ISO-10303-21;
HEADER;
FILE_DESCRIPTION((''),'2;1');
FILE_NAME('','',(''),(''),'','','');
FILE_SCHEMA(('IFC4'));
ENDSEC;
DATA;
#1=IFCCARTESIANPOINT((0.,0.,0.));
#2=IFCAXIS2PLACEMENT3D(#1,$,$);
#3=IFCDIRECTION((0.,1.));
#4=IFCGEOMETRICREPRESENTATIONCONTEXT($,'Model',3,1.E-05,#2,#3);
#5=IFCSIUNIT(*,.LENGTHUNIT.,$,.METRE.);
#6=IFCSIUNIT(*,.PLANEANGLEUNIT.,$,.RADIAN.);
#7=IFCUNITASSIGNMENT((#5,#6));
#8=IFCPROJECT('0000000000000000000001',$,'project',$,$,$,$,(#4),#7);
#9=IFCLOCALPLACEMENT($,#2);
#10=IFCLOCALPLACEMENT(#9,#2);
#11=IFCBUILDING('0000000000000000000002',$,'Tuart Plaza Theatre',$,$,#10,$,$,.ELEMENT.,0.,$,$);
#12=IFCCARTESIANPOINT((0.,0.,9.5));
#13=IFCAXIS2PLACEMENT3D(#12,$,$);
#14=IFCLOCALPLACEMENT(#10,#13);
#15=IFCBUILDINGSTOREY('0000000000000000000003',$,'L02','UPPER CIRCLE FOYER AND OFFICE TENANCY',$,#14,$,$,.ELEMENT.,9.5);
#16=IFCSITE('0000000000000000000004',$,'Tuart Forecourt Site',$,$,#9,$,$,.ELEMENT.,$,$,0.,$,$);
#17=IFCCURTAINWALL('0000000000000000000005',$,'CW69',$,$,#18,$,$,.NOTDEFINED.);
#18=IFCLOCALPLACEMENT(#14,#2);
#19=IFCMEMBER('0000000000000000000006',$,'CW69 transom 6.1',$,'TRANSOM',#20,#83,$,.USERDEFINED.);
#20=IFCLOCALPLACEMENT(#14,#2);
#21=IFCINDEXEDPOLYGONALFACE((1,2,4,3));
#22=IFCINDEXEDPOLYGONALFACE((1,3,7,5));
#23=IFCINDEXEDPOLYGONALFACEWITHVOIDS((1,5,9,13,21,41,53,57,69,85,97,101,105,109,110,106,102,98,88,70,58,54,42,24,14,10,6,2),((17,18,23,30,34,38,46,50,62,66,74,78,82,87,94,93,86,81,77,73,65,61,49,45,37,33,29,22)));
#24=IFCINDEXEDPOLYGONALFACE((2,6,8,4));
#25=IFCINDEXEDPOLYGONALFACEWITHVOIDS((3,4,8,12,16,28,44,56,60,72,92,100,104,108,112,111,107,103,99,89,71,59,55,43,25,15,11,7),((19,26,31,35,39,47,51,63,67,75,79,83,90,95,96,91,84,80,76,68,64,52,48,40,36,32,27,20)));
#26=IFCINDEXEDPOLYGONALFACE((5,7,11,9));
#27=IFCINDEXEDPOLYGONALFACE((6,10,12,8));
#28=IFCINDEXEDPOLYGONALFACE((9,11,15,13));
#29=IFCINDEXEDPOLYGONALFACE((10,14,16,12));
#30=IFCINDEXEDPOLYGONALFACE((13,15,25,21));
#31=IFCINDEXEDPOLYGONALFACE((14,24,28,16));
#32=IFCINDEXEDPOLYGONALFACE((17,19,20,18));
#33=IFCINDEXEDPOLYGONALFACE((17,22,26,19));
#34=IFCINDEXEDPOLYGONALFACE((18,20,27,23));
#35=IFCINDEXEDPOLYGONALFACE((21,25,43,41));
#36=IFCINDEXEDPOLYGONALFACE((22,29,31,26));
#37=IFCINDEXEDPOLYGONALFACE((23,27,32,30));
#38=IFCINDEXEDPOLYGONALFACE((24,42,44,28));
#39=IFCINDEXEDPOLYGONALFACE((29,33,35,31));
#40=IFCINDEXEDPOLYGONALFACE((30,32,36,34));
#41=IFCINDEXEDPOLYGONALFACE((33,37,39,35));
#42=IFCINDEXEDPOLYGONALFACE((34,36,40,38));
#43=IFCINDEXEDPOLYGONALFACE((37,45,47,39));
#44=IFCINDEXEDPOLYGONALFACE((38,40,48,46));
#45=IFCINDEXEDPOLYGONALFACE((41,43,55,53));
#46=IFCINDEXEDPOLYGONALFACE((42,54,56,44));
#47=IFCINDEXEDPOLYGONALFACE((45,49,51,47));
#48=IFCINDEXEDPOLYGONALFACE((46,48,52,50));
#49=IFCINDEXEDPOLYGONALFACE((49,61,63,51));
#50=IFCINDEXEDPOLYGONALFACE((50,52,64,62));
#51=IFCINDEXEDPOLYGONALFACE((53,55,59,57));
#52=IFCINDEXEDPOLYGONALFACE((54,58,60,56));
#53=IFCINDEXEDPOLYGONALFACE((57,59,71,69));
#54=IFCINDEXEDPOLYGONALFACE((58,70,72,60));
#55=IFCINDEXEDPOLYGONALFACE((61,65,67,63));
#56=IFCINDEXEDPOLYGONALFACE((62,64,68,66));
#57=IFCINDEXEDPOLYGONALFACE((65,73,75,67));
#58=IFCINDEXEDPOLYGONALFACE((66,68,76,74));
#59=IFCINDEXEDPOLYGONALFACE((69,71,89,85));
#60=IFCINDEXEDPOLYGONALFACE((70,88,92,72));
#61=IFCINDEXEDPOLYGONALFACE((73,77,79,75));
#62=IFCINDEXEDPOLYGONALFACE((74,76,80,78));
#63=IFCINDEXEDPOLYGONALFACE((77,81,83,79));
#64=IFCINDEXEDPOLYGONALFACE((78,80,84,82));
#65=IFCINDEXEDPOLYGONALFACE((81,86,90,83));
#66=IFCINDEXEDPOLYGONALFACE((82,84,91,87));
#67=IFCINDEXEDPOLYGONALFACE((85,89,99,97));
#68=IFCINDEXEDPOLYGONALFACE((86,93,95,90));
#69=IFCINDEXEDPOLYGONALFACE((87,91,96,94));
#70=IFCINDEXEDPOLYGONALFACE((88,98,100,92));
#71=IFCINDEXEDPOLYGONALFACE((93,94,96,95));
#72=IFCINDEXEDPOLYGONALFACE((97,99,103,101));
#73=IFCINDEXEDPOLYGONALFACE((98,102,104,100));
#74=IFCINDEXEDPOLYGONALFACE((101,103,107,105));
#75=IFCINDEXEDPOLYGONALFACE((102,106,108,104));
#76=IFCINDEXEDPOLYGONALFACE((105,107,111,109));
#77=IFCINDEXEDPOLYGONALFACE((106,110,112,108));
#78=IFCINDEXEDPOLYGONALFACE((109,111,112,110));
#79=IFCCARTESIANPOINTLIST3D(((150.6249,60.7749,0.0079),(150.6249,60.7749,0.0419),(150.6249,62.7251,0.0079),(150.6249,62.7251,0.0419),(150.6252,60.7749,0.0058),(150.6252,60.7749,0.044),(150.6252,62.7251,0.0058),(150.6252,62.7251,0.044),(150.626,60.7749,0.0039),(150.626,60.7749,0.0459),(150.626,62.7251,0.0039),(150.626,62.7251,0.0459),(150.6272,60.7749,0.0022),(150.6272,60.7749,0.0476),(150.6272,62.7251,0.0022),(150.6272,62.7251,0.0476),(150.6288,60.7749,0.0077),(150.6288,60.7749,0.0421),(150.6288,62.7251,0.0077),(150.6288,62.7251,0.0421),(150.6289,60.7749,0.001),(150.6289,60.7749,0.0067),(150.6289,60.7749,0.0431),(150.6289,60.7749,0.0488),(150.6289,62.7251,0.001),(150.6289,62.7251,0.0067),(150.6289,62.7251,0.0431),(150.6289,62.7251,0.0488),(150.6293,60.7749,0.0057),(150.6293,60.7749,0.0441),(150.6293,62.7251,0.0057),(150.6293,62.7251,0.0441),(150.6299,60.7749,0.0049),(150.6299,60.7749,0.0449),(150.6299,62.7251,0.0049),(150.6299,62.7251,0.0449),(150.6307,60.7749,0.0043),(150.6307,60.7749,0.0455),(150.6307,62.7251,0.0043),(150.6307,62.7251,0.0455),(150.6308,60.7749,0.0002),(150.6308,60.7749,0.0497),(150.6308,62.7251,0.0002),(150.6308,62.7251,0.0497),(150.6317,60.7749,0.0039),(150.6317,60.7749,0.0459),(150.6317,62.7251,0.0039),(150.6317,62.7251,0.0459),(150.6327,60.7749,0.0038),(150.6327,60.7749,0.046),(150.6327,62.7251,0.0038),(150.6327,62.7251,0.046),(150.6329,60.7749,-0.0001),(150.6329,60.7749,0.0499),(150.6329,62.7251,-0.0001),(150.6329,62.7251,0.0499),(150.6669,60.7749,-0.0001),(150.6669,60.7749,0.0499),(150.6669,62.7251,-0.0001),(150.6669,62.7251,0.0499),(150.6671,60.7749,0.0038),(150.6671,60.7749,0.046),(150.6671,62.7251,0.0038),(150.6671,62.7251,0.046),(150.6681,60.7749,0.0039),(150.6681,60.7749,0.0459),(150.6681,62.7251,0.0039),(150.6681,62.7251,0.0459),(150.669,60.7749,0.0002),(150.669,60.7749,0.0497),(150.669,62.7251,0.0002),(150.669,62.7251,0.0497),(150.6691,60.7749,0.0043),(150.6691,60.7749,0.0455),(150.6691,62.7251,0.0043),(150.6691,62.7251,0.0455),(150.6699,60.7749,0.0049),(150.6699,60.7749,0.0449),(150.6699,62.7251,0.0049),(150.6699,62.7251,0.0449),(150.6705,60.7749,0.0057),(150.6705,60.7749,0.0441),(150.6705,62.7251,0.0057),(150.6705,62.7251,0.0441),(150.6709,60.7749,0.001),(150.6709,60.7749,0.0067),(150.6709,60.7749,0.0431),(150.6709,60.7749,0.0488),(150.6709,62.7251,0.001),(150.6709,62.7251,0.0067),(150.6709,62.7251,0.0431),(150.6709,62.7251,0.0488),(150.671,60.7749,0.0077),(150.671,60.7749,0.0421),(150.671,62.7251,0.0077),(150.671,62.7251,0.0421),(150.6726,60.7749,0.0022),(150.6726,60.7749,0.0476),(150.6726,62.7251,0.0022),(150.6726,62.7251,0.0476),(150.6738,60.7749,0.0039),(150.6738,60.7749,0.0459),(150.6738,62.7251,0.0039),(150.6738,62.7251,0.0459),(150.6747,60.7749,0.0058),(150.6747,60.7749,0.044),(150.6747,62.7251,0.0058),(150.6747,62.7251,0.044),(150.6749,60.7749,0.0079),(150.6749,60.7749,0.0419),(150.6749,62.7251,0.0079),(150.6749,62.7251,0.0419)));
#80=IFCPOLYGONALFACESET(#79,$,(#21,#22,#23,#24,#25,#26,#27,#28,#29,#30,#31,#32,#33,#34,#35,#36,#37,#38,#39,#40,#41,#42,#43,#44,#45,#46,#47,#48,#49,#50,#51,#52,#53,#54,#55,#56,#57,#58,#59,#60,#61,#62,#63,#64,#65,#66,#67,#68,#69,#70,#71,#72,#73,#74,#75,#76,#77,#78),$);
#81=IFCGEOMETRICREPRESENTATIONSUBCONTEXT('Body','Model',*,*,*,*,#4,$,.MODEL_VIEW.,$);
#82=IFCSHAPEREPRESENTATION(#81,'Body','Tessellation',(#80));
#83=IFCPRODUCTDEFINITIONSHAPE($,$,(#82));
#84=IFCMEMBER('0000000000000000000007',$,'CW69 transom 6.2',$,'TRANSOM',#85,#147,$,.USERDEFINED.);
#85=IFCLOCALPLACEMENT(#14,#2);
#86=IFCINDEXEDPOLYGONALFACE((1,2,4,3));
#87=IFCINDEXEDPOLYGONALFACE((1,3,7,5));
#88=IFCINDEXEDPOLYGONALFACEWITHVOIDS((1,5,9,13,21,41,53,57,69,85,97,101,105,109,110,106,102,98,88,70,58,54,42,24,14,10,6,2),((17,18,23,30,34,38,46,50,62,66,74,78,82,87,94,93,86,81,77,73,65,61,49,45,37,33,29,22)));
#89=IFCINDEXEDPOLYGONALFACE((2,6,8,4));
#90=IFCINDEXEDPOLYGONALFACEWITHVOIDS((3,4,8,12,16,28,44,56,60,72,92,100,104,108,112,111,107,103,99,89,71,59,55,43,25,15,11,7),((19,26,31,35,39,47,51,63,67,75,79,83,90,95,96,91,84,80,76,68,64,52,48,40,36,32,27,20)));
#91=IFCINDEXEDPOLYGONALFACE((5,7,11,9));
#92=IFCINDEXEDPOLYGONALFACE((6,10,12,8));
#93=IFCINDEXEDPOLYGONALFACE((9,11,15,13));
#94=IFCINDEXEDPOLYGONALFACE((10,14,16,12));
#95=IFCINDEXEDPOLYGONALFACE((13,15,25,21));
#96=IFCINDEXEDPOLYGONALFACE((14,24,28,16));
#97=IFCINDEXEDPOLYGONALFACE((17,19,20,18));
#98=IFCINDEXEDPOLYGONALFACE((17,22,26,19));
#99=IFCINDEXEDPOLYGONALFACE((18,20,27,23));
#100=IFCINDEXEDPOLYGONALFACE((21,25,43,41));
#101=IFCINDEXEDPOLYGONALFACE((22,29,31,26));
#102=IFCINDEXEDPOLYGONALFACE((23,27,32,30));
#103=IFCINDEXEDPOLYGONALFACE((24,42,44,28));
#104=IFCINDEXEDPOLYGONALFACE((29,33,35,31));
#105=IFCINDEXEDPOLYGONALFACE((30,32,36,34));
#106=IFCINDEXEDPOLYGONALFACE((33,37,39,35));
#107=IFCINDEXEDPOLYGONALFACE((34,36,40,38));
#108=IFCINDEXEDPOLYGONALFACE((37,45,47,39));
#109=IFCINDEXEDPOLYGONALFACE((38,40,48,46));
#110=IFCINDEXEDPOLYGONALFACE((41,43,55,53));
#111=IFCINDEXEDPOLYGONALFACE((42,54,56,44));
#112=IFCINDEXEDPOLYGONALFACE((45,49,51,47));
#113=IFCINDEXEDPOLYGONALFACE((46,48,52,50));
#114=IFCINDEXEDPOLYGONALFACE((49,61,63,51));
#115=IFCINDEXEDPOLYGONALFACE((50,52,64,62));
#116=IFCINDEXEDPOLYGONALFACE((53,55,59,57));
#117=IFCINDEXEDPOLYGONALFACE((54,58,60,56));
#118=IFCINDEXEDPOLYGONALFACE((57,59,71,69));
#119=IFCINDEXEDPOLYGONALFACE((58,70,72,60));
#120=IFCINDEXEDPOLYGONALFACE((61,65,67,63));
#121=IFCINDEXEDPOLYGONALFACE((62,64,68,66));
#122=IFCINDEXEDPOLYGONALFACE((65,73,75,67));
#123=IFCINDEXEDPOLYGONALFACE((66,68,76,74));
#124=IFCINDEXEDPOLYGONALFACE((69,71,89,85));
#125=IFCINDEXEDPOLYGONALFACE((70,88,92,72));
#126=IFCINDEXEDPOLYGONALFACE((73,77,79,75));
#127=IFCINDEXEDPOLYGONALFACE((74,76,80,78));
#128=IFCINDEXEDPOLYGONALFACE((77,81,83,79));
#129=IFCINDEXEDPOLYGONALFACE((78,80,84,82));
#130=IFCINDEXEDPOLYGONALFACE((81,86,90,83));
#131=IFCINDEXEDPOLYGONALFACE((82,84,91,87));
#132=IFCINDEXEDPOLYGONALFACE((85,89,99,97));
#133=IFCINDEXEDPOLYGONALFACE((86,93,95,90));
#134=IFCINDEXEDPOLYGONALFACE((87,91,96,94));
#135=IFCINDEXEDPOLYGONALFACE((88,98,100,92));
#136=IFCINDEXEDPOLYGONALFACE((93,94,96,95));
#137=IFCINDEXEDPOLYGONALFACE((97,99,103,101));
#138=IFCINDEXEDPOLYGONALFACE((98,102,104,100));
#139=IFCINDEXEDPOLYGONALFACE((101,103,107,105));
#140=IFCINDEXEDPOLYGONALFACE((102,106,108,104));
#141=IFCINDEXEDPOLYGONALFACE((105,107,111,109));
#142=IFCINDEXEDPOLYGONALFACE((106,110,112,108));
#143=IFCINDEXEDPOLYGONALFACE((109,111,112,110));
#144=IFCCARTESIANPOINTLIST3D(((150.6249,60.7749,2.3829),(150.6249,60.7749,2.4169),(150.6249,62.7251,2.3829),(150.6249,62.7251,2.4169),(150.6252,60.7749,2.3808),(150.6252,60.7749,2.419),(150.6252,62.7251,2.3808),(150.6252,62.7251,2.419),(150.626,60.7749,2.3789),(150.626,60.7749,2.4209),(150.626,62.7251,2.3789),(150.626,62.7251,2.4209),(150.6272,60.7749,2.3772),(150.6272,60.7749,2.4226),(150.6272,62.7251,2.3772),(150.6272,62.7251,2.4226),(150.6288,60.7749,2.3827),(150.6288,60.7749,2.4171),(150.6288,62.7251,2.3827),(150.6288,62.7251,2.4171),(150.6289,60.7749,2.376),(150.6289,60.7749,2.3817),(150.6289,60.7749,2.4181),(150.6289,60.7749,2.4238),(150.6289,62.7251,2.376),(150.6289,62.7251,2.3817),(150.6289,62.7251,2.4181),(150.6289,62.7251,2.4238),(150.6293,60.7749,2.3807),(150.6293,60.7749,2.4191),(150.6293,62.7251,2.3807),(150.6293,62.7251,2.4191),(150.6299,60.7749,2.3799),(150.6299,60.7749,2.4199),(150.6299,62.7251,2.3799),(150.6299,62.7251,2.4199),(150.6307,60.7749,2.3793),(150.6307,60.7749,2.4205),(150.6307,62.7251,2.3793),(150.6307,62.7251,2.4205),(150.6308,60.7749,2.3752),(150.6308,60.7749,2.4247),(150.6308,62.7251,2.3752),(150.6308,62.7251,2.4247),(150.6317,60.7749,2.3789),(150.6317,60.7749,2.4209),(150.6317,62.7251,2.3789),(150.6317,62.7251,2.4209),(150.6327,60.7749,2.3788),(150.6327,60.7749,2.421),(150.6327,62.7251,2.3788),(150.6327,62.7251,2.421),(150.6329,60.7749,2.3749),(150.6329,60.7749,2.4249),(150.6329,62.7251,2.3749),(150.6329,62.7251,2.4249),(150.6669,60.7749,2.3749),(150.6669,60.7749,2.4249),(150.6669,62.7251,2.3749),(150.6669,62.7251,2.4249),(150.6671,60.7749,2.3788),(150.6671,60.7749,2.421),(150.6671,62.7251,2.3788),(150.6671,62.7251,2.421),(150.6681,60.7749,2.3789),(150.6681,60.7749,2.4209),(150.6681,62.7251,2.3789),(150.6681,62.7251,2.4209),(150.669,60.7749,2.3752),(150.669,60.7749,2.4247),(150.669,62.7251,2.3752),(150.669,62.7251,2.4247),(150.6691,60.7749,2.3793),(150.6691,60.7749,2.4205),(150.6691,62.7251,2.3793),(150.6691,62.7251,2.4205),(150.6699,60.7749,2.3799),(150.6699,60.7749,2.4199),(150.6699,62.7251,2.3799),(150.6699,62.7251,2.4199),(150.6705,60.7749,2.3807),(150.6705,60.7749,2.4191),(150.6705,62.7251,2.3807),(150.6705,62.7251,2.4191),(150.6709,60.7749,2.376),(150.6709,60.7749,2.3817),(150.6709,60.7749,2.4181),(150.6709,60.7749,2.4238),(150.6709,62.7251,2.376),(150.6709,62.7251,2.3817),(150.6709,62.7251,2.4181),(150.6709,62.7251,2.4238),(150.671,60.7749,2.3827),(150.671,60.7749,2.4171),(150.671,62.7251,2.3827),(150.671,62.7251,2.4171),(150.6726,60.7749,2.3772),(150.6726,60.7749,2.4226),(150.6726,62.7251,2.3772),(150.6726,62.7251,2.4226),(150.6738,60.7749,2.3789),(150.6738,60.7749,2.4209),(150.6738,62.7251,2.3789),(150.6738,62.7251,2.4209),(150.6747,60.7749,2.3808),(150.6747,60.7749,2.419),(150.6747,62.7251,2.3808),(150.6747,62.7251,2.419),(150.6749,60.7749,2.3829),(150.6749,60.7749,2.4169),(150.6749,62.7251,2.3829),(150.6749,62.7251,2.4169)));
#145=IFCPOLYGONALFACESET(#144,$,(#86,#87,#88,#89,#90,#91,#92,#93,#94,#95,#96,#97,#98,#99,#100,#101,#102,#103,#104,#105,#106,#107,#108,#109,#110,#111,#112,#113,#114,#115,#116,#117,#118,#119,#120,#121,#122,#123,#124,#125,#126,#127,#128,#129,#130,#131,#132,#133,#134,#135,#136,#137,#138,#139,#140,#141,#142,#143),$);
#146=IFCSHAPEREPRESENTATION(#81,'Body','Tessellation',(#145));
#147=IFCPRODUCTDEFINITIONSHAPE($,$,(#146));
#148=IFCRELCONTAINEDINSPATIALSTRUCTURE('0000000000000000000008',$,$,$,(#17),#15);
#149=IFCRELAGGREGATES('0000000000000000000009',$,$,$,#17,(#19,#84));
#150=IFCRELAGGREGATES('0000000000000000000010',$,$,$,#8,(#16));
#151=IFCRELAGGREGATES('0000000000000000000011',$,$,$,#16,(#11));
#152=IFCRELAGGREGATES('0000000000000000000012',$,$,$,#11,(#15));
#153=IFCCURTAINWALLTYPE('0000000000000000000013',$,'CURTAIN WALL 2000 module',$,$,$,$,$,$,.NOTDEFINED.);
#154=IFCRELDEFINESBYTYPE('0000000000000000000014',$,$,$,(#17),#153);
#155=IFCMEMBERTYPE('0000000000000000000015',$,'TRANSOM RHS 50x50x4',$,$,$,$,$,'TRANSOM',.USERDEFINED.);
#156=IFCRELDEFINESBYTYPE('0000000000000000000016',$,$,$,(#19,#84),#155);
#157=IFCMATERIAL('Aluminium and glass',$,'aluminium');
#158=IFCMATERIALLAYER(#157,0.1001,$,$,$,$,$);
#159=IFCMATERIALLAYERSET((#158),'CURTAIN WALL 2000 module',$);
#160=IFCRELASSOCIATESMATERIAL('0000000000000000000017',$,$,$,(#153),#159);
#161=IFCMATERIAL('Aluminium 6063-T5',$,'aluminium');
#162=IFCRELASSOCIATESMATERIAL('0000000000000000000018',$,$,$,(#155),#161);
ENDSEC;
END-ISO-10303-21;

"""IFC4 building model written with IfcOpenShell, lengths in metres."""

from ifc_helpers import new_model, si_unit, direction, frame, origin, origin_2d, place, context, subcontext, project, spatial, hollow_rectangle, extrude, material, layer, layer_set, material_profile, profile_set, type_object, element, aggregate, save


model = new_model("IFC4")

# Units and contexts
model_context = context("Model", 3, precision=1e-05, world=origin(), true_north=direction((0.0, 1.0)))
body_context = subcontext(model_context, "Body", "Model", "MODEL_VIEW")
ifc_project = project(units=[si_unit("LENGTHUNIT", "METRE"), si_unit("PLANEANGLEUNIT", "RADIAN")], contexts=[model_context])

# Site, building, storey
site_placement = place(None, origin())
site = spatial("IfcSite", under=ifc_project, at=site_placement, Name="Tuart Forecourt Site", CompositionType="ELEMENT", RefElevation=0.0)
building_placement = place(site_placement, origin())
building = spatial("IfcBuilding", under=site, at=building_placement, Name="Tuart Plaza Theatre", CompositionType="ELEMENT", ElevationOfRefHeight=0.0)
storey_placement = place(building_placement, frame((0.0, 0.0, 9.5)))
storey = spatial("IfcBuildingStorey", under=building, at=storey_placement, Name="L02", Description="UPPER CIRCLE FOYER AND OFFICE TENANCY", CompositionType="ELEMENT", Elevation=9.5)

# Curtain wall, members
ifc_material_1 = material(Name="Aluminium and glass", Category="aluminium")
ifc_layer_1 = layer(ifc_material_1, 0.1001)
ifc_layer_set_1 = layer_set([ifc_layer_1], Name="CURTAIN WALL 2000 module")
curtain_wall_type = type_object("IfcCurtainWallType", Name="CURTAIN WALL 2000 module", PredefinedType="NOTDEFINED", material=ifc_layer_set_1)
curtain_wall_placement = place(storey_placement, origin())
curtain_wall = element("IfcCurtainWall", 1, at=curtain_wall_placement, inside=storey, type_object=curtain_wall_type, Name="CW69", PredefinedType="NOTDEFINED")
ifc_material_2 = material(Name="Aluminium 6063-T5", Category="aluminium")
ifc_material_profile_1 = material_profile(ifc_material_2, hollow_rectangle(XDim=0.05, YDim=0.05, WallThickness=0.0039, InnerFilletRadius=0.0039, OuterFilletRadius=0.0081, at=origin_2d()), Name="RHS 50x50x4")
ifc_profile_set_1 = profile_set([ifc_material_profile_1], Name="Aluminium 6063-T5")
member_type_1 = type_object("IfcMemberType", Name="TRANSOM RHS 50x50x4", ElementType="TRANSOM", PredefinedType="USERDEFINED", material=ifc_profile_set_1)
member_1_placement = place(storey_placement, frame((150.6499, 60.7749, 0.0249), z_axis=(0.0, 1.0, 0.0), x_axis=(-1.0, 0.0, 0.0)))
member_1 = element("IfcMember", 2, at=member_1_placement, type_object=member_type_1, Name="CW69 transom 6.1", ObjectType="TRANSOM", PredefinedType="USERDEFINED", context=body_context, shape_type="SweptSolid", body=[
    extrude(hollow_rectangle(XDim=0.05, YDim=0.05, WallThickness=0.0039, InnerFilletRadius=0.0039, OuterFilletRadius=0.0081, at=origin_2d()), origin(), (0.0, 0.0, 1.0), 1.9502),
])
member_2_placement = place(storey_placement, frame((150.6499, 60.7749, 2.3999), z_axis=(0.0, 1.0, 0.0), x_axis=(-1.0, 0.0, 0.0)))
member_2 = element("IfcMember", 3, at=member_2_placement, type_object=member_type_1, Name="CW69 transom 6.2", ObjectType="TRANSOM", PredefinedType="USERDEFINED", context=body_context, shape_type="SweptSolid", body=[
    extrude(hollow_rectangle(XDim=0.05, YDim=0.05, WallThickness=0.0039, InnerFilletRadius=0.0039, OuterFilletRadius=0.0081, at=origin_2d()), origin(), (0.0, 0.0, 1.0), 1.9502),
])
aggregate(curtain_wall, [member_1, member_2])

save(model, "model.ifc")
